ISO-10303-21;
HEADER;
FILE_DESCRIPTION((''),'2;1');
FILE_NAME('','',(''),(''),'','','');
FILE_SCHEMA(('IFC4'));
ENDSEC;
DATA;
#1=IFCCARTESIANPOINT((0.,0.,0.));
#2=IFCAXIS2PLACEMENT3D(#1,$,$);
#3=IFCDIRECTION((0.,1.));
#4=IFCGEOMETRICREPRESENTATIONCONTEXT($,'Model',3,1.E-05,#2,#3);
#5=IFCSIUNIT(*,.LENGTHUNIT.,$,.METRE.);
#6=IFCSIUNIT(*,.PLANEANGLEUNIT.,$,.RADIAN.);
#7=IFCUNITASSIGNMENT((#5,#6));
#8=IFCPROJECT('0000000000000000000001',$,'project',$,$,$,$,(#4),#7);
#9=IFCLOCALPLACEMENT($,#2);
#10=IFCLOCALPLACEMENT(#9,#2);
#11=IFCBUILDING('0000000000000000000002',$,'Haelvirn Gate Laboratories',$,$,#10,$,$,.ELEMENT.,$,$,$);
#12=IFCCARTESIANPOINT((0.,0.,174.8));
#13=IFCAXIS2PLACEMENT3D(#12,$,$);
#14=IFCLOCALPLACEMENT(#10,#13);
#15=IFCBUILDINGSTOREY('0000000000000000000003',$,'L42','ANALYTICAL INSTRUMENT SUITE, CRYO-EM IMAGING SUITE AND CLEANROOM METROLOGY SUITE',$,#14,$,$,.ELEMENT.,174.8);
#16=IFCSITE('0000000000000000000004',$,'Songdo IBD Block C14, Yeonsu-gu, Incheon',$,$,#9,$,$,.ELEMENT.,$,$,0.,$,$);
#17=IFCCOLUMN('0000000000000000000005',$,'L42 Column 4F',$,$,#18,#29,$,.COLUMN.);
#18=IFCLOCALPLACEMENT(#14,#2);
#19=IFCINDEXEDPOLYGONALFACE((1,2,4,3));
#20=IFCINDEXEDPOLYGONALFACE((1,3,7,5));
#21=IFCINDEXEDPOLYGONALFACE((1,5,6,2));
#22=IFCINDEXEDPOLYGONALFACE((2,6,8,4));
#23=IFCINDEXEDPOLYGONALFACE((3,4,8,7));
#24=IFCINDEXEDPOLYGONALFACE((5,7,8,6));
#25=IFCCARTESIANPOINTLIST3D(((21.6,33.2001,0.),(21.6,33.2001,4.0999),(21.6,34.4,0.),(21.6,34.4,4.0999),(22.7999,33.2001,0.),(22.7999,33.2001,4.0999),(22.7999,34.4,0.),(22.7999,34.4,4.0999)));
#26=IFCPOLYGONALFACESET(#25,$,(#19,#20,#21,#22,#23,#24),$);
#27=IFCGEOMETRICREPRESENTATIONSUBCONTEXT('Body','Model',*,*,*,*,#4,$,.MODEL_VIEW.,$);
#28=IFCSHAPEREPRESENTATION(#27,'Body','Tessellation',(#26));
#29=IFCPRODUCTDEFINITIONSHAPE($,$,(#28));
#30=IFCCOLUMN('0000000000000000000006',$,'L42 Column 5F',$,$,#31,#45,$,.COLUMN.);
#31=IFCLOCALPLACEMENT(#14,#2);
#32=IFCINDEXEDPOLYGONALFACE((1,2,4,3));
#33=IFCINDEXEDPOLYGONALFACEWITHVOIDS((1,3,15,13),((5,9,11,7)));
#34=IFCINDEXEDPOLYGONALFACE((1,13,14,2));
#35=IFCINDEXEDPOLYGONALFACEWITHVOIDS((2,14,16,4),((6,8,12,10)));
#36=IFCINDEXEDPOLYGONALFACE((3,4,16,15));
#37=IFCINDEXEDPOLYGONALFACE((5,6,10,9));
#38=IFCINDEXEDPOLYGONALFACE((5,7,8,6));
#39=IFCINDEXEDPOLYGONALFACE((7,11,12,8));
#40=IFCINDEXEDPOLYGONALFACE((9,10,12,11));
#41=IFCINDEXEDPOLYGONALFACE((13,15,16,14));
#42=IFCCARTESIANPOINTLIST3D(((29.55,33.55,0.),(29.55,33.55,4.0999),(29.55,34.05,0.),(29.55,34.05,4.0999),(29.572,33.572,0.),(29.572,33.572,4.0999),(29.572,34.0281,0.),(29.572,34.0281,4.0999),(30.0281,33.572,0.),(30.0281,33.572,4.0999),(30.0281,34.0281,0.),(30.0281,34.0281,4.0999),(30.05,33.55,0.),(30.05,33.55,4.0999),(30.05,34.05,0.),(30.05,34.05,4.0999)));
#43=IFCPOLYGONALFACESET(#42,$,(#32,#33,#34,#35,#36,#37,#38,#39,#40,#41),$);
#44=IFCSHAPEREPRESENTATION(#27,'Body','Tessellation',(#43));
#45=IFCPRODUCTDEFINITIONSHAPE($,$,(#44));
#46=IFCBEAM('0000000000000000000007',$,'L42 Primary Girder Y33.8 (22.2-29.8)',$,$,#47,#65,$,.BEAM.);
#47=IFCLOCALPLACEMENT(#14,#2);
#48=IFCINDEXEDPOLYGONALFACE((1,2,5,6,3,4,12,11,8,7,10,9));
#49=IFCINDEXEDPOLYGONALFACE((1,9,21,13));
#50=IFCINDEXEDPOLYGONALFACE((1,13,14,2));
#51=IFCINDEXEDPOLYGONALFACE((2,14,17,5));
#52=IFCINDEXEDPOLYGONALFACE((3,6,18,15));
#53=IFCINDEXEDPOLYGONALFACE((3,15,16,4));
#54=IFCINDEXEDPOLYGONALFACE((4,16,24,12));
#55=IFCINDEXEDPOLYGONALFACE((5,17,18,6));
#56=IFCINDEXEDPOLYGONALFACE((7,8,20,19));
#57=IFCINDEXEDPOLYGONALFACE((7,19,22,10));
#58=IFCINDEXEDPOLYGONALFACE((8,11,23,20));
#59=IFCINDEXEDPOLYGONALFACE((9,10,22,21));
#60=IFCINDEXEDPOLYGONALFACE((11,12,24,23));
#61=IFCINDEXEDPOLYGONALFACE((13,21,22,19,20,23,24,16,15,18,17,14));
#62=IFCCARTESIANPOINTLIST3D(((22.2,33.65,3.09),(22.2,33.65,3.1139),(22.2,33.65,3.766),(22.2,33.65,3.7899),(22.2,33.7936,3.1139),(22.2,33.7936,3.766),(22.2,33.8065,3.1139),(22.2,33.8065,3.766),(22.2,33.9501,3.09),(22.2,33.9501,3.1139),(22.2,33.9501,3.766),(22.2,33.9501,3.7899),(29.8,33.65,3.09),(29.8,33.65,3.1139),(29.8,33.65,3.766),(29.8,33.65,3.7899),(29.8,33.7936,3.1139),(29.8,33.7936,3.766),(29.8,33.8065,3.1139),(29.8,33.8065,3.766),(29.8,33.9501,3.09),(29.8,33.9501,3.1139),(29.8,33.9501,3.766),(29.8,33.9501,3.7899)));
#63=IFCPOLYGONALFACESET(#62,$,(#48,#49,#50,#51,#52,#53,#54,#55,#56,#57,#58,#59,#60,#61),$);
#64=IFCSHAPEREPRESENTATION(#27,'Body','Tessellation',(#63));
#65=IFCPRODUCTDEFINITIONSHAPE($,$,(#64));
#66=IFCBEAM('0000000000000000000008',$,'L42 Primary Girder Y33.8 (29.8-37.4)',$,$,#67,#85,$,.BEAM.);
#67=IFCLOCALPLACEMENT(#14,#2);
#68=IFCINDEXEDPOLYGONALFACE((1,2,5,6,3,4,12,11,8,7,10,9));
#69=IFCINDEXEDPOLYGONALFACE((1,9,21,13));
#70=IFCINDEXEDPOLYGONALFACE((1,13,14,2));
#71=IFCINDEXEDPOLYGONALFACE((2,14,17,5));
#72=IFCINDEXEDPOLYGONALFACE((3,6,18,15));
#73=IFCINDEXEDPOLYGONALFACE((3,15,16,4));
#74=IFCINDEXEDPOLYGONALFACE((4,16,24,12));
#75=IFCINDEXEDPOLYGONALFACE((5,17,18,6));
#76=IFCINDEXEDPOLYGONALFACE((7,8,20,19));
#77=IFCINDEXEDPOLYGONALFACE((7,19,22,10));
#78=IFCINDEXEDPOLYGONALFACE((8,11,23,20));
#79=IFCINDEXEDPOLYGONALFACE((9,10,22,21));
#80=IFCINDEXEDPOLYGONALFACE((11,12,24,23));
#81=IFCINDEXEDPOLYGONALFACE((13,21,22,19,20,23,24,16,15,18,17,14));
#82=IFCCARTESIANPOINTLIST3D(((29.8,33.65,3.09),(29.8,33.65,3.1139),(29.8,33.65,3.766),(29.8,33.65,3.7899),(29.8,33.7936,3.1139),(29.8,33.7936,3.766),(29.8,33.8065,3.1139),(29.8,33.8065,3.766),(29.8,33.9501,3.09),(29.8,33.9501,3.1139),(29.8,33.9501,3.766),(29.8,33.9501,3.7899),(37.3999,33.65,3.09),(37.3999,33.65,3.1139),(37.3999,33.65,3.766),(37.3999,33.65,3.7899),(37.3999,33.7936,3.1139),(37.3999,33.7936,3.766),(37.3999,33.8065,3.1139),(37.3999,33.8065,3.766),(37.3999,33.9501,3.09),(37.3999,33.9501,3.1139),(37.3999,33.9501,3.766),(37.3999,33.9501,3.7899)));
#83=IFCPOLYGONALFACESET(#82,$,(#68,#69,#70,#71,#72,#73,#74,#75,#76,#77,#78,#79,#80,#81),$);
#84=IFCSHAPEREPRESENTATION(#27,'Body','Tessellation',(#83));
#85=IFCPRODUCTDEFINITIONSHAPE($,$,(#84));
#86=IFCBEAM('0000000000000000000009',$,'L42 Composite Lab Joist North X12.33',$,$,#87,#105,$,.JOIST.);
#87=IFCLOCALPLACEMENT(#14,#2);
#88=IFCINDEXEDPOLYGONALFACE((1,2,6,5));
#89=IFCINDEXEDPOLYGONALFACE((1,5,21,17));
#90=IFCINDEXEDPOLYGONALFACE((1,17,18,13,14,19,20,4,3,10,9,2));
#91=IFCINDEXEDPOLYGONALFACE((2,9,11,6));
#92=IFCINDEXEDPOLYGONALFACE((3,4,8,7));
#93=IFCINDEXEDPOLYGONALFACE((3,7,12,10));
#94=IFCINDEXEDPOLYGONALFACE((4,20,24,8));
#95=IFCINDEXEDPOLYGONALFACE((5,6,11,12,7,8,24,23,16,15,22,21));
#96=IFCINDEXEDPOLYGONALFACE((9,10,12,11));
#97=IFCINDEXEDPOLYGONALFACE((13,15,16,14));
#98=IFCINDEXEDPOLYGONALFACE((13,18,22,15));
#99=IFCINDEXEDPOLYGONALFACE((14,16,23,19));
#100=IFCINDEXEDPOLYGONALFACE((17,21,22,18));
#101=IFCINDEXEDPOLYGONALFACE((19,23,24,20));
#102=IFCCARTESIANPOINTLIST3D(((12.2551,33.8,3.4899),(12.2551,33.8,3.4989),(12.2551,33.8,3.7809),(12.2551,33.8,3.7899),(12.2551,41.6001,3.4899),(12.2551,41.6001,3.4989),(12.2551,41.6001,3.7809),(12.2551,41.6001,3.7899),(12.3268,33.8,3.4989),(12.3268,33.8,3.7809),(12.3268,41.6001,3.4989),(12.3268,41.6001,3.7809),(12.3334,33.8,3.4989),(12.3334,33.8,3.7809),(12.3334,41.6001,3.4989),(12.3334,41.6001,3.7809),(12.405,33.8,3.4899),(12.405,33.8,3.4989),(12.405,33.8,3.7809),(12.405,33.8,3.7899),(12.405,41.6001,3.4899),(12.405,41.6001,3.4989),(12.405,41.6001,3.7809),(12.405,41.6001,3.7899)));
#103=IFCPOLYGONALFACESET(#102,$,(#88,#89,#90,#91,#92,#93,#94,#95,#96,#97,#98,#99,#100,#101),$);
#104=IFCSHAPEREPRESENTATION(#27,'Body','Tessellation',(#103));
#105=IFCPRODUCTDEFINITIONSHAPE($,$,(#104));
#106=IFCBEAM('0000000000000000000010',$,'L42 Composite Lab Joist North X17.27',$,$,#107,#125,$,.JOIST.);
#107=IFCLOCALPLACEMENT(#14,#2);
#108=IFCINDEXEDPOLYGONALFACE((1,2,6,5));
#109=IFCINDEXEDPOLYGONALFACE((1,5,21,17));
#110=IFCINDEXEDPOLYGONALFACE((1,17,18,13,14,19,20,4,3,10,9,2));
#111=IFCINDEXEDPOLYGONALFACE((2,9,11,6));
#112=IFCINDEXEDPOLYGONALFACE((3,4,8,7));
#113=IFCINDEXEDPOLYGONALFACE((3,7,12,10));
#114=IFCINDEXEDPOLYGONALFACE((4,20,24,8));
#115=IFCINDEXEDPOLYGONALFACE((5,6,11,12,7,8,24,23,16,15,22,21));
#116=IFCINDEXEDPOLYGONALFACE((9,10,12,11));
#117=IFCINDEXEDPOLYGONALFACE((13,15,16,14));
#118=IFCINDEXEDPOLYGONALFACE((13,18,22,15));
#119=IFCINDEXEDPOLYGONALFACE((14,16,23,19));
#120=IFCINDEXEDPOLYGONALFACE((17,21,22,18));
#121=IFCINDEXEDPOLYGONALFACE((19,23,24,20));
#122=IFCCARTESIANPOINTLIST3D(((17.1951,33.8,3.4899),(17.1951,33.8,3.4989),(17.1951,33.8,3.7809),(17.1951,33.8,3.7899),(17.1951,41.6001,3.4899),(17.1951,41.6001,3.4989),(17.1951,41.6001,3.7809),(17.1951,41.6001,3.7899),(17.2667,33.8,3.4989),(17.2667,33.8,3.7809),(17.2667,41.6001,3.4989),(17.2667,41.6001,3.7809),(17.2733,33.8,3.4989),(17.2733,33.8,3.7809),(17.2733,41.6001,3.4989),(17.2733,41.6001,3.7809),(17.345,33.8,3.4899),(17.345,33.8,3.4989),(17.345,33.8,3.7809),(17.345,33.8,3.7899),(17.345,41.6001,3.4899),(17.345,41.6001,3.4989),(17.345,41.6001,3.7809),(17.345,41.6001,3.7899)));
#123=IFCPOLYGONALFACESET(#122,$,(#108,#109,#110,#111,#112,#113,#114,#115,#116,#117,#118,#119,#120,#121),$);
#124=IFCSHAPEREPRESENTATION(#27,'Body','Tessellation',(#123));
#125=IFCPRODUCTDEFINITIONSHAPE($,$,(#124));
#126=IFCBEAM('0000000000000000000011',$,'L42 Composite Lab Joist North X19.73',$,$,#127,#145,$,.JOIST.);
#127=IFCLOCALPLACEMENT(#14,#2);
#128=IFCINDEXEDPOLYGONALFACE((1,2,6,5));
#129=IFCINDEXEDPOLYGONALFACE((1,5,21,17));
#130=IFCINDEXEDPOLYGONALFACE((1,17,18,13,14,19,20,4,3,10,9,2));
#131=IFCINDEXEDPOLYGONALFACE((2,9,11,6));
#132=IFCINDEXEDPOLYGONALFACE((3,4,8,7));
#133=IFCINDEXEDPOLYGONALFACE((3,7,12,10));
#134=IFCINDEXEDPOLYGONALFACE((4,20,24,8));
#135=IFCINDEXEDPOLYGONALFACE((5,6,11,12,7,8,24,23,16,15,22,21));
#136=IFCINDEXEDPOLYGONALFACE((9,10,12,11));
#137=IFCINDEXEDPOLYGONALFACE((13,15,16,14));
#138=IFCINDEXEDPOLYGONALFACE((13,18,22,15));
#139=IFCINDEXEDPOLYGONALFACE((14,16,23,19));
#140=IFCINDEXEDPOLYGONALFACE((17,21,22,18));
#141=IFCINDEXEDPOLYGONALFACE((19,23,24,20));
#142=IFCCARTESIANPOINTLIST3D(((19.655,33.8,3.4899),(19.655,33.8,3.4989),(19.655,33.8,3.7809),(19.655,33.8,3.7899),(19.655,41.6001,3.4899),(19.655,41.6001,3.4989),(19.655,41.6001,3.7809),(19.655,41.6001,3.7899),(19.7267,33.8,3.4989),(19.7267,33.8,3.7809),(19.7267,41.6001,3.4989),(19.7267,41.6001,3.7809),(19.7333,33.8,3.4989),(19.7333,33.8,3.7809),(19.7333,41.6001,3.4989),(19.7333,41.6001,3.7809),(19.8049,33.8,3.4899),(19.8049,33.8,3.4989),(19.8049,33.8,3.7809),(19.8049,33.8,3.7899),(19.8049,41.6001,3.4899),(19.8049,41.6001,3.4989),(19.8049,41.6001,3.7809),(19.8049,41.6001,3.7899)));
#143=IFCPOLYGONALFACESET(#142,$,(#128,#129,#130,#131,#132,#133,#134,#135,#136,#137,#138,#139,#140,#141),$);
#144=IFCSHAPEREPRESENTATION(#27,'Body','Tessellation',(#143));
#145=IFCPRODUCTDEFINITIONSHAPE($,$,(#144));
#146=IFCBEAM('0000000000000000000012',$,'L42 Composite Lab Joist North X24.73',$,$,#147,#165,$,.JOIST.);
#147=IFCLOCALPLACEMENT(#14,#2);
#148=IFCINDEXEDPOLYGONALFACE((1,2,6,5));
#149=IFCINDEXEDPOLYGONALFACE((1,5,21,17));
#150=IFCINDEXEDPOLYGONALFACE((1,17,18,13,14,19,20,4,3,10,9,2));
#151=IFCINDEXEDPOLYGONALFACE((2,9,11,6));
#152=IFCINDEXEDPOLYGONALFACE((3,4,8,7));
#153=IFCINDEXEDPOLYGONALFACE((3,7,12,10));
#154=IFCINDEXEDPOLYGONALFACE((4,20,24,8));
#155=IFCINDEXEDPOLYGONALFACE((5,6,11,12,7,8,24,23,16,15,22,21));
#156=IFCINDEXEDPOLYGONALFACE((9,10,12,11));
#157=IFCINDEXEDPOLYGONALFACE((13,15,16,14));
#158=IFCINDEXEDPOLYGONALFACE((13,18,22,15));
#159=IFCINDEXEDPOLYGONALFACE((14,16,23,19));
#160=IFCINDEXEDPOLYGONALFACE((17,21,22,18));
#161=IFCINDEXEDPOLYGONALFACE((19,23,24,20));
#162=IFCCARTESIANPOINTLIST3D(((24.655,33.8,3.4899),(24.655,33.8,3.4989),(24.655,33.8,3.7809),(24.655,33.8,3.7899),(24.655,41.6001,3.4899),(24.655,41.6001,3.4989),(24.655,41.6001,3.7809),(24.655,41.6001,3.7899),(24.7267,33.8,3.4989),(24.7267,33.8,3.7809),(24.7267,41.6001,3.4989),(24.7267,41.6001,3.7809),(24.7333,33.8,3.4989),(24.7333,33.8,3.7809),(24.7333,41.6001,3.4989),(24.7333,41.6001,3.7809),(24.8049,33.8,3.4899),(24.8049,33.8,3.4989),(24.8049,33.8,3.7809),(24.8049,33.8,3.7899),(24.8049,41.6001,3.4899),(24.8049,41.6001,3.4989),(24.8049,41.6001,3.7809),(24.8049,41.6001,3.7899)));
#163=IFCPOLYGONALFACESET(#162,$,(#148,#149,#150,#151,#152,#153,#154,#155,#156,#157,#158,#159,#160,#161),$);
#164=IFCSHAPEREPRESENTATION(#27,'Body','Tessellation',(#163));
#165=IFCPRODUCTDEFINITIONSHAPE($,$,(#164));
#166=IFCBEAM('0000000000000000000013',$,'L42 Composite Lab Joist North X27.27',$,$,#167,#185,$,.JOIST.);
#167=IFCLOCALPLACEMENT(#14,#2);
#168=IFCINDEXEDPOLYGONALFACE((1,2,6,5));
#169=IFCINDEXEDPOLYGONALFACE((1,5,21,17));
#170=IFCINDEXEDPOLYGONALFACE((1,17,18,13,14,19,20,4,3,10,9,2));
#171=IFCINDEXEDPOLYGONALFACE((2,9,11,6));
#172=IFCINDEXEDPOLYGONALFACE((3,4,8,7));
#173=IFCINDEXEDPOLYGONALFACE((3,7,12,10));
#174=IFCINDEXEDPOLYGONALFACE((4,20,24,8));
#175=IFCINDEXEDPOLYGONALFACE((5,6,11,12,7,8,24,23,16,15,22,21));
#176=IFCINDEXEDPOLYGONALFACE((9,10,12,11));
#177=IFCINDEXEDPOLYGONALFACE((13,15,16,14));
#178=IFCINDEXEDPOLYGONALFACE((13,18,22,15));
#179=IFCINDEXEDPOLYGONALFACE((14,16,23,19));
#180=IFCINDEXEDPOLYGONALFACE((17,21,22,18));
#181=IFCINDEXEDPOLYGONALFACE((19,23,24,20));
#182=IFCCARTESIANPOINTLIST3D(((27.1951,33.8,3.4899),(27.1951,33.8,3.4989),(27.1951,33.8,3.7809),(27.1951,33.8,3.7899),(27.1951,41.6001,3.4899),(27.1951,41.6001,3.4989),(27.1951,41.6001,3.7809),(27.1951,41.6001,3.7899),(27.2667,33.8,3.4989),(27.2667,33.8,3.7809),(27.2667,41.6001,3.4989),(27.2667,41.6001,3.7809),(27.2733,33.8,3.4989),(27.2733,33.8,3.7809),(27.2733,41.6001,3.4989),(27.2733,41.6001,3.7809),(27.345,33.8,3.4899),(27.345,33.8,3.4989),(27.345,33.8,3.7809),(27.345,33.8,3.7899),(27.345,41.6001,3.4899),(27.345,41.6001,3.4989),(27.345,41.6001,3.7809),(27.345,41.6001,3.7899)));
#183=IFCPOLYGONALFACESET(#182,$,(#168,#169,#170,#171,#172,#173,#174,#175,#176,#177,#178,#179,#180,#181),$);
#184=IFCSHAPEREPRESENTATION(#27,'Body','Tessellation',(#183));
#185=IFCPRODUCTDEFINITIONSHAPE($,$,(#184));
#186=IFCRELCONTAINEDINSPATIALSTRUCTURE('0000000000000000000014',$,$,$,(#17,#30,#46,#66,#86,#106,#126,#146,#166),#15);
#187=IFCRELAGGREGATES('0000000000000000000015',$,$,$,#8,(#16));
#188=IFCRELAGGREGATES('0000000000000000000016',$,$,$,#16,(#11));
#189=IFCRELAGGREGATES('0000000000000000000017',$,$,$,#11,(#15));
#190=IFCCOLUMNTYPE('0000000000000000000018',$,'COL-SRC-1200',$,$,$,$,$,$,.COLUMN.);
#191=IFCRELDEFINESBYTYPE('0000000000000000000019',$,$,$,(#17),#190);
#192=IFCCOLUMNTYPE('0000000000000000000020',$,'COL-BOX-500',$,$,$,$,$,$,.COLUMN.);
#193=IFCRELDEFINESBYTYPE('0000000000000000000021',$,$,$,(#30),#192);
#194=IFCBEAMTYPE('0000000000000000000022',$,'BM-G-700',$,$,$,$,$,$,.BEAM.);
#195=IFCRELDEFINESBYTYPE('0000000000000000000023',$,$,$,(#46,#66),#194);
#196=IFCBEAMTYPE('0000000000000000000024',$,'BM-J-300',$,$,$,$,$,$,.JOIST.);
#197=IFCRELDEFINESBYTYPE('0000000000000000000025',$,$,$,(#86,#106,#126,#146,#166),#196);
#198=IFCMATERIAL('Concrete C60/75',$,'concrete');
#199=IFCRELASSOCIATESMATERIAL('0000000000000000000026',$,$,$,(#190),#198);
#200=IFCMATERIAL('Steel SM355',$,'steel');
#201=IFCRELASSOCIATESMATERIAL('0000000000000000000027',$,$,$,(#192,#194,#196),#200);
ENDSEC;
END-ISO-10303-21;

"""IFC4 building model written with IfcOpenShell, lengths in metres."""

from ifc_helpers import new_model, si_unit, direction, frame, origin, origin_2d, place, context, subcontext, project, spatial, rectangle, hollow_rectangle, i_section, extrude, source, transform, mapped, material, material_profile, profile_set, type_object, type_shapes, element, save


model = new_model("IFC4")

# Units and contexts
model_context = context("Model", 3, precision=1e-05, world=origin(), true_north=direction((0.0, 1.0)))
body_context = subcontext(model_context, "Body", "Model", "MODEL_VIEW")
ifc_project = project(units=[si_unit("LENGTHUNIT", "METRE"), si_unit("PLANEANGLEUNIT", "RADIAN")], contexts=[model_context])

# Site, building, storey
site_placement = place(None, origin())
site = spatial("IfcSite", under=ifc_project, at=site_placement, Name="Songdo IBD Block C14, Yeonsu-gu, Incheon", CompositionType="ELEMENT", RefElevation=0.0)
building_placement = place(site_placement, origin())
building = spatial("IfcBuilding", under=site, at=building_placement, Name="Haelvirn Gate Laboratories", CompositionType="ELEMENT")
storey_placement = place(building_placement, frame((0.0, 0.0, 174.8)))
storey = spatial("IfcBuildingStorey", under=building, at=storey_placement, Name="L42", Description="ANALYTICAL INSTRUMENT SUITE, CRYO-EM IMAGING SUITE AND CLEANROOM METROLOGY SUITE", CompositionType="ELEMENT", Elevation=174.8)

# Columns
ifc_material_1 = material(Name="Concrete C60/75", Category="concrete")
ifc_material_profile_1 = material_profile(ifc_material_1, rectangle(XDim=1.2, YDim=1.2, at=origin_2d()), Name="SRC-1200x1200")
ifc_profile_set_1 = profile_set([ifc_material_profile_1], Name="Concrete C60/75")
column_type_1 = type_object("IfcColumnType", Name="COL-SRC-1200", PredefinedType="COLUMN", material=ifc_profile_set_1)
shared_shape_1 = source(origin(), body_context, "Body", "SweptSolid", [
    extrude(rectangle(XDim=1.2, YDim=1.2, at=origin_2d()), origin(), (0.0, 0.0, 1.0), 4.0999),
])
type_shapes(column_type_1, [shared_shape_1])
column_1_placement = place(storey_placement, frame((22.2, 33.8, 0.0), z_axis=(0.0, 0.0, 1.0), x_axis=(1.0, 0.0, 0.0)))
element("IfcColumn", 1, at=column_1_placement, inside=storey, type_object=column_type_1, Name="L42 Column 4F", PredefinedType="COLUMN", context=body_context, shape_type="MappedRepresentation", body=[
    mapped(shared_shape_1, transform((0.0, 0.0, 0.0), scale=1.0)),
])
ifc_material_2 = material(Name="Steel SM355", Category="steel")
ifc_material_profile_2 = material_profile(ifc_material_2, hollow_rectangle(XDim=0.5, YDim=0.5, WallThickness=0.022, at=origin_2d()), Name="BOX-500x500x22")
ifc_profile_set_2 = profile_set([ifc_material_profile_2], Name="Steel SM355")
column_type_2 = type_object("IfcColumnType", Name="COL-BOX-500", PredefinedType="COLUMN", material=ifc_profile_set_2)
shared_shape_2 = source(origin(), body_context, "Body", "SweptSolid", [
    extrude(hollow_rectangle(XDim=0.5, YDim=0.5, WallThickness=0.022, at=origin_2d()), origin(), (0.0, 0.0, 1.0), 4.0999),
])
type_shapes(column_type_2, [shared_shape_2])
column_2_placement = place(storey_placement, frame((29.8, 33.8, 0.0), z_axis=(0.0, 0.0, 1.0), x_axis=(1.0, 0.0, 0.0)))
element("IfcColumn", 2, at=column_2_placement, inside=storey, type_object=column_type_2, Name="L42 Column 5F", PredefinedType="COLUMN", context=body_context, shape_type="MappedRepresentation", body=[
    mapped(shared_shape_2, transform((0.0, 0.0, 0.0), scale=1.0)),
])

# Beams
ifc_material_profile_3 = material_profile(ifc_material_2, i_section(OverallWidth=0.3, OverallDepth=0.7, WebThickness=0.0129, FlangeThickness=0.0239, at=origin_2d()), Name="H-700x300x13x24")
ifc_profile_set_3 = profile_set([ifc_material_profile_3], Name="Steel SM355")
beam_type_1 = type_object("IfcBeamType", Name="BM-G-700", PredefinedType="BEAM", material=ifc_profile_set_3)
shared_shape_3 = source(origin(), body_context, "Body", "SweptSolid", [
    extrude(i_section(OverallWidth=0.3, OverallDepth=0.7, WebThickness=0.0129, FlangeThickness=0.0239, at=origin_2d()), origin(), (0.0, 0.0, 1.0), 7.6001),
])
beam_1_placement = place(storey_placement, frame((22.2, 33.8, 3.4399), z_axis=(1.0, 0.0, 0.0), x_axis=(0.0, 1.0, 0.0)))
element("IfcBeam", 3, at=beam_1_placement, inside=storey, type_object=beam_type_1, Name="L42 Primary Girder Y33.8 (22.2-29.8)", PredefinedType="BEAM", context=body_context, shape_type="MappedRepresentation", body=[
    mapped(shared_shape_3, transform((0.0, 0.0, 0.0), scale=1.0)),
])
shared_shape_4 = source(origin(), body_context, "Body", "SweptSolid", [
    extrude(i_section(OverallWidth=0.3, OverallDepth=0.7, WebThickness=0.0129, FlangeThickness=0.0239, at=origin_2d()), origin(), (0.0, 0.0, 1.0), 7.5999),
])
type_shapes(beam_type_1, [shared_shape_3, shared_shape_4])
beam_2_placement = place(storey_placement, frame((29.8, 33.8, 3.4399), z_axis=(1.0, 0.0, 0.0), x_axis=(0.0, 1.0, 0.0)))
element("IfcBeam", 4, at=beam_2_placement, inside=storey, type_object=beam_type_1, Name="L42 Primary Girder Y33.8 (29.8-37.4)", PredefinedType="BEAM", context=body_context, shape_type="MappedRepresentation", body=[
    mapped(shared_shape_4, transform((0.0, 0.0, 0.0), scale=1.0)),
])
ifc_material_profile_4 = material_profile(ifc_material_2, i_section(OverallWidth=0.1499, OverallDepth=0.3, WebThickness=0.0066, FlangeThickness=0.009, at=origin_2d()), Name="H-300x150x6.5x9")
ifc_profile_set_4 = profile_set([ifc_material_profile_4], Name="Steel SM355")
beam_type_2 = type_object("IfcBeamType", Name="BM-J-300", PredefinedType="JOIST", material=ifc_profile_set_4)
shared_shape_5 = source(origin(), body_context, "Body", "SweptSolid", [
    extrude(i_section(OverallWidth=0.1499, OverallDepth=0.3, WebThickness=0.0066, FlangeThickness=0.009, at=origin_2d()), origin(), (0.0, 0.0, 1.0), 7.8),
])
type_shapes(beam_type_2, [shared_shape_5])
for number, where, z_axis, x_axis, name in (
    (5, (12.3301, 33.8, 3.6399), (0.0, 1.0, 0.0), (-1.0, 0.0, 0.0), "L42 Composite Lab Joist North X12.33"),
    (6, (17.27, 33.8, 3.6399), (0.0, 1.0, 0.0), (-1.0, 0.0, 0.0), "L42 Composite Lab Joist North X17.27"),
    (7, (19.73, 33.8, 3.6399), (0.0, 1.0, 0.0), (-1.0, 0.0, 0.0), "L42 Composite Lab Joist North X19.73"),
    (8, (24.73, 33.8, 3.6399), (0.0, 1.0, 0.0), (-1.0, 0.0, 0.0), "L42 Composite Lab Joist North X24.73"),
    (9, (27.27, 33.8, 3.6399), (0.0, 1.0, 0.0), (-1.0, 0.0, 0.0), "L42 Composite Lab Joist North X27.27"),
):
    element("IfcBeam", number, at=place(storey_placement, frame(where, z_axis=z_axis, x_axis=x_axis)), inside=storey, type_object=beam_type_2, Name=name, PredefinedType="JOIST", context=body_context, shape_type="MappedRepresentation", body=[
        mapped(shared_shape_5, transform((0.0, 0.0, 0.0), scale=1.0)),
    ])

save(model, "model.ifc")
